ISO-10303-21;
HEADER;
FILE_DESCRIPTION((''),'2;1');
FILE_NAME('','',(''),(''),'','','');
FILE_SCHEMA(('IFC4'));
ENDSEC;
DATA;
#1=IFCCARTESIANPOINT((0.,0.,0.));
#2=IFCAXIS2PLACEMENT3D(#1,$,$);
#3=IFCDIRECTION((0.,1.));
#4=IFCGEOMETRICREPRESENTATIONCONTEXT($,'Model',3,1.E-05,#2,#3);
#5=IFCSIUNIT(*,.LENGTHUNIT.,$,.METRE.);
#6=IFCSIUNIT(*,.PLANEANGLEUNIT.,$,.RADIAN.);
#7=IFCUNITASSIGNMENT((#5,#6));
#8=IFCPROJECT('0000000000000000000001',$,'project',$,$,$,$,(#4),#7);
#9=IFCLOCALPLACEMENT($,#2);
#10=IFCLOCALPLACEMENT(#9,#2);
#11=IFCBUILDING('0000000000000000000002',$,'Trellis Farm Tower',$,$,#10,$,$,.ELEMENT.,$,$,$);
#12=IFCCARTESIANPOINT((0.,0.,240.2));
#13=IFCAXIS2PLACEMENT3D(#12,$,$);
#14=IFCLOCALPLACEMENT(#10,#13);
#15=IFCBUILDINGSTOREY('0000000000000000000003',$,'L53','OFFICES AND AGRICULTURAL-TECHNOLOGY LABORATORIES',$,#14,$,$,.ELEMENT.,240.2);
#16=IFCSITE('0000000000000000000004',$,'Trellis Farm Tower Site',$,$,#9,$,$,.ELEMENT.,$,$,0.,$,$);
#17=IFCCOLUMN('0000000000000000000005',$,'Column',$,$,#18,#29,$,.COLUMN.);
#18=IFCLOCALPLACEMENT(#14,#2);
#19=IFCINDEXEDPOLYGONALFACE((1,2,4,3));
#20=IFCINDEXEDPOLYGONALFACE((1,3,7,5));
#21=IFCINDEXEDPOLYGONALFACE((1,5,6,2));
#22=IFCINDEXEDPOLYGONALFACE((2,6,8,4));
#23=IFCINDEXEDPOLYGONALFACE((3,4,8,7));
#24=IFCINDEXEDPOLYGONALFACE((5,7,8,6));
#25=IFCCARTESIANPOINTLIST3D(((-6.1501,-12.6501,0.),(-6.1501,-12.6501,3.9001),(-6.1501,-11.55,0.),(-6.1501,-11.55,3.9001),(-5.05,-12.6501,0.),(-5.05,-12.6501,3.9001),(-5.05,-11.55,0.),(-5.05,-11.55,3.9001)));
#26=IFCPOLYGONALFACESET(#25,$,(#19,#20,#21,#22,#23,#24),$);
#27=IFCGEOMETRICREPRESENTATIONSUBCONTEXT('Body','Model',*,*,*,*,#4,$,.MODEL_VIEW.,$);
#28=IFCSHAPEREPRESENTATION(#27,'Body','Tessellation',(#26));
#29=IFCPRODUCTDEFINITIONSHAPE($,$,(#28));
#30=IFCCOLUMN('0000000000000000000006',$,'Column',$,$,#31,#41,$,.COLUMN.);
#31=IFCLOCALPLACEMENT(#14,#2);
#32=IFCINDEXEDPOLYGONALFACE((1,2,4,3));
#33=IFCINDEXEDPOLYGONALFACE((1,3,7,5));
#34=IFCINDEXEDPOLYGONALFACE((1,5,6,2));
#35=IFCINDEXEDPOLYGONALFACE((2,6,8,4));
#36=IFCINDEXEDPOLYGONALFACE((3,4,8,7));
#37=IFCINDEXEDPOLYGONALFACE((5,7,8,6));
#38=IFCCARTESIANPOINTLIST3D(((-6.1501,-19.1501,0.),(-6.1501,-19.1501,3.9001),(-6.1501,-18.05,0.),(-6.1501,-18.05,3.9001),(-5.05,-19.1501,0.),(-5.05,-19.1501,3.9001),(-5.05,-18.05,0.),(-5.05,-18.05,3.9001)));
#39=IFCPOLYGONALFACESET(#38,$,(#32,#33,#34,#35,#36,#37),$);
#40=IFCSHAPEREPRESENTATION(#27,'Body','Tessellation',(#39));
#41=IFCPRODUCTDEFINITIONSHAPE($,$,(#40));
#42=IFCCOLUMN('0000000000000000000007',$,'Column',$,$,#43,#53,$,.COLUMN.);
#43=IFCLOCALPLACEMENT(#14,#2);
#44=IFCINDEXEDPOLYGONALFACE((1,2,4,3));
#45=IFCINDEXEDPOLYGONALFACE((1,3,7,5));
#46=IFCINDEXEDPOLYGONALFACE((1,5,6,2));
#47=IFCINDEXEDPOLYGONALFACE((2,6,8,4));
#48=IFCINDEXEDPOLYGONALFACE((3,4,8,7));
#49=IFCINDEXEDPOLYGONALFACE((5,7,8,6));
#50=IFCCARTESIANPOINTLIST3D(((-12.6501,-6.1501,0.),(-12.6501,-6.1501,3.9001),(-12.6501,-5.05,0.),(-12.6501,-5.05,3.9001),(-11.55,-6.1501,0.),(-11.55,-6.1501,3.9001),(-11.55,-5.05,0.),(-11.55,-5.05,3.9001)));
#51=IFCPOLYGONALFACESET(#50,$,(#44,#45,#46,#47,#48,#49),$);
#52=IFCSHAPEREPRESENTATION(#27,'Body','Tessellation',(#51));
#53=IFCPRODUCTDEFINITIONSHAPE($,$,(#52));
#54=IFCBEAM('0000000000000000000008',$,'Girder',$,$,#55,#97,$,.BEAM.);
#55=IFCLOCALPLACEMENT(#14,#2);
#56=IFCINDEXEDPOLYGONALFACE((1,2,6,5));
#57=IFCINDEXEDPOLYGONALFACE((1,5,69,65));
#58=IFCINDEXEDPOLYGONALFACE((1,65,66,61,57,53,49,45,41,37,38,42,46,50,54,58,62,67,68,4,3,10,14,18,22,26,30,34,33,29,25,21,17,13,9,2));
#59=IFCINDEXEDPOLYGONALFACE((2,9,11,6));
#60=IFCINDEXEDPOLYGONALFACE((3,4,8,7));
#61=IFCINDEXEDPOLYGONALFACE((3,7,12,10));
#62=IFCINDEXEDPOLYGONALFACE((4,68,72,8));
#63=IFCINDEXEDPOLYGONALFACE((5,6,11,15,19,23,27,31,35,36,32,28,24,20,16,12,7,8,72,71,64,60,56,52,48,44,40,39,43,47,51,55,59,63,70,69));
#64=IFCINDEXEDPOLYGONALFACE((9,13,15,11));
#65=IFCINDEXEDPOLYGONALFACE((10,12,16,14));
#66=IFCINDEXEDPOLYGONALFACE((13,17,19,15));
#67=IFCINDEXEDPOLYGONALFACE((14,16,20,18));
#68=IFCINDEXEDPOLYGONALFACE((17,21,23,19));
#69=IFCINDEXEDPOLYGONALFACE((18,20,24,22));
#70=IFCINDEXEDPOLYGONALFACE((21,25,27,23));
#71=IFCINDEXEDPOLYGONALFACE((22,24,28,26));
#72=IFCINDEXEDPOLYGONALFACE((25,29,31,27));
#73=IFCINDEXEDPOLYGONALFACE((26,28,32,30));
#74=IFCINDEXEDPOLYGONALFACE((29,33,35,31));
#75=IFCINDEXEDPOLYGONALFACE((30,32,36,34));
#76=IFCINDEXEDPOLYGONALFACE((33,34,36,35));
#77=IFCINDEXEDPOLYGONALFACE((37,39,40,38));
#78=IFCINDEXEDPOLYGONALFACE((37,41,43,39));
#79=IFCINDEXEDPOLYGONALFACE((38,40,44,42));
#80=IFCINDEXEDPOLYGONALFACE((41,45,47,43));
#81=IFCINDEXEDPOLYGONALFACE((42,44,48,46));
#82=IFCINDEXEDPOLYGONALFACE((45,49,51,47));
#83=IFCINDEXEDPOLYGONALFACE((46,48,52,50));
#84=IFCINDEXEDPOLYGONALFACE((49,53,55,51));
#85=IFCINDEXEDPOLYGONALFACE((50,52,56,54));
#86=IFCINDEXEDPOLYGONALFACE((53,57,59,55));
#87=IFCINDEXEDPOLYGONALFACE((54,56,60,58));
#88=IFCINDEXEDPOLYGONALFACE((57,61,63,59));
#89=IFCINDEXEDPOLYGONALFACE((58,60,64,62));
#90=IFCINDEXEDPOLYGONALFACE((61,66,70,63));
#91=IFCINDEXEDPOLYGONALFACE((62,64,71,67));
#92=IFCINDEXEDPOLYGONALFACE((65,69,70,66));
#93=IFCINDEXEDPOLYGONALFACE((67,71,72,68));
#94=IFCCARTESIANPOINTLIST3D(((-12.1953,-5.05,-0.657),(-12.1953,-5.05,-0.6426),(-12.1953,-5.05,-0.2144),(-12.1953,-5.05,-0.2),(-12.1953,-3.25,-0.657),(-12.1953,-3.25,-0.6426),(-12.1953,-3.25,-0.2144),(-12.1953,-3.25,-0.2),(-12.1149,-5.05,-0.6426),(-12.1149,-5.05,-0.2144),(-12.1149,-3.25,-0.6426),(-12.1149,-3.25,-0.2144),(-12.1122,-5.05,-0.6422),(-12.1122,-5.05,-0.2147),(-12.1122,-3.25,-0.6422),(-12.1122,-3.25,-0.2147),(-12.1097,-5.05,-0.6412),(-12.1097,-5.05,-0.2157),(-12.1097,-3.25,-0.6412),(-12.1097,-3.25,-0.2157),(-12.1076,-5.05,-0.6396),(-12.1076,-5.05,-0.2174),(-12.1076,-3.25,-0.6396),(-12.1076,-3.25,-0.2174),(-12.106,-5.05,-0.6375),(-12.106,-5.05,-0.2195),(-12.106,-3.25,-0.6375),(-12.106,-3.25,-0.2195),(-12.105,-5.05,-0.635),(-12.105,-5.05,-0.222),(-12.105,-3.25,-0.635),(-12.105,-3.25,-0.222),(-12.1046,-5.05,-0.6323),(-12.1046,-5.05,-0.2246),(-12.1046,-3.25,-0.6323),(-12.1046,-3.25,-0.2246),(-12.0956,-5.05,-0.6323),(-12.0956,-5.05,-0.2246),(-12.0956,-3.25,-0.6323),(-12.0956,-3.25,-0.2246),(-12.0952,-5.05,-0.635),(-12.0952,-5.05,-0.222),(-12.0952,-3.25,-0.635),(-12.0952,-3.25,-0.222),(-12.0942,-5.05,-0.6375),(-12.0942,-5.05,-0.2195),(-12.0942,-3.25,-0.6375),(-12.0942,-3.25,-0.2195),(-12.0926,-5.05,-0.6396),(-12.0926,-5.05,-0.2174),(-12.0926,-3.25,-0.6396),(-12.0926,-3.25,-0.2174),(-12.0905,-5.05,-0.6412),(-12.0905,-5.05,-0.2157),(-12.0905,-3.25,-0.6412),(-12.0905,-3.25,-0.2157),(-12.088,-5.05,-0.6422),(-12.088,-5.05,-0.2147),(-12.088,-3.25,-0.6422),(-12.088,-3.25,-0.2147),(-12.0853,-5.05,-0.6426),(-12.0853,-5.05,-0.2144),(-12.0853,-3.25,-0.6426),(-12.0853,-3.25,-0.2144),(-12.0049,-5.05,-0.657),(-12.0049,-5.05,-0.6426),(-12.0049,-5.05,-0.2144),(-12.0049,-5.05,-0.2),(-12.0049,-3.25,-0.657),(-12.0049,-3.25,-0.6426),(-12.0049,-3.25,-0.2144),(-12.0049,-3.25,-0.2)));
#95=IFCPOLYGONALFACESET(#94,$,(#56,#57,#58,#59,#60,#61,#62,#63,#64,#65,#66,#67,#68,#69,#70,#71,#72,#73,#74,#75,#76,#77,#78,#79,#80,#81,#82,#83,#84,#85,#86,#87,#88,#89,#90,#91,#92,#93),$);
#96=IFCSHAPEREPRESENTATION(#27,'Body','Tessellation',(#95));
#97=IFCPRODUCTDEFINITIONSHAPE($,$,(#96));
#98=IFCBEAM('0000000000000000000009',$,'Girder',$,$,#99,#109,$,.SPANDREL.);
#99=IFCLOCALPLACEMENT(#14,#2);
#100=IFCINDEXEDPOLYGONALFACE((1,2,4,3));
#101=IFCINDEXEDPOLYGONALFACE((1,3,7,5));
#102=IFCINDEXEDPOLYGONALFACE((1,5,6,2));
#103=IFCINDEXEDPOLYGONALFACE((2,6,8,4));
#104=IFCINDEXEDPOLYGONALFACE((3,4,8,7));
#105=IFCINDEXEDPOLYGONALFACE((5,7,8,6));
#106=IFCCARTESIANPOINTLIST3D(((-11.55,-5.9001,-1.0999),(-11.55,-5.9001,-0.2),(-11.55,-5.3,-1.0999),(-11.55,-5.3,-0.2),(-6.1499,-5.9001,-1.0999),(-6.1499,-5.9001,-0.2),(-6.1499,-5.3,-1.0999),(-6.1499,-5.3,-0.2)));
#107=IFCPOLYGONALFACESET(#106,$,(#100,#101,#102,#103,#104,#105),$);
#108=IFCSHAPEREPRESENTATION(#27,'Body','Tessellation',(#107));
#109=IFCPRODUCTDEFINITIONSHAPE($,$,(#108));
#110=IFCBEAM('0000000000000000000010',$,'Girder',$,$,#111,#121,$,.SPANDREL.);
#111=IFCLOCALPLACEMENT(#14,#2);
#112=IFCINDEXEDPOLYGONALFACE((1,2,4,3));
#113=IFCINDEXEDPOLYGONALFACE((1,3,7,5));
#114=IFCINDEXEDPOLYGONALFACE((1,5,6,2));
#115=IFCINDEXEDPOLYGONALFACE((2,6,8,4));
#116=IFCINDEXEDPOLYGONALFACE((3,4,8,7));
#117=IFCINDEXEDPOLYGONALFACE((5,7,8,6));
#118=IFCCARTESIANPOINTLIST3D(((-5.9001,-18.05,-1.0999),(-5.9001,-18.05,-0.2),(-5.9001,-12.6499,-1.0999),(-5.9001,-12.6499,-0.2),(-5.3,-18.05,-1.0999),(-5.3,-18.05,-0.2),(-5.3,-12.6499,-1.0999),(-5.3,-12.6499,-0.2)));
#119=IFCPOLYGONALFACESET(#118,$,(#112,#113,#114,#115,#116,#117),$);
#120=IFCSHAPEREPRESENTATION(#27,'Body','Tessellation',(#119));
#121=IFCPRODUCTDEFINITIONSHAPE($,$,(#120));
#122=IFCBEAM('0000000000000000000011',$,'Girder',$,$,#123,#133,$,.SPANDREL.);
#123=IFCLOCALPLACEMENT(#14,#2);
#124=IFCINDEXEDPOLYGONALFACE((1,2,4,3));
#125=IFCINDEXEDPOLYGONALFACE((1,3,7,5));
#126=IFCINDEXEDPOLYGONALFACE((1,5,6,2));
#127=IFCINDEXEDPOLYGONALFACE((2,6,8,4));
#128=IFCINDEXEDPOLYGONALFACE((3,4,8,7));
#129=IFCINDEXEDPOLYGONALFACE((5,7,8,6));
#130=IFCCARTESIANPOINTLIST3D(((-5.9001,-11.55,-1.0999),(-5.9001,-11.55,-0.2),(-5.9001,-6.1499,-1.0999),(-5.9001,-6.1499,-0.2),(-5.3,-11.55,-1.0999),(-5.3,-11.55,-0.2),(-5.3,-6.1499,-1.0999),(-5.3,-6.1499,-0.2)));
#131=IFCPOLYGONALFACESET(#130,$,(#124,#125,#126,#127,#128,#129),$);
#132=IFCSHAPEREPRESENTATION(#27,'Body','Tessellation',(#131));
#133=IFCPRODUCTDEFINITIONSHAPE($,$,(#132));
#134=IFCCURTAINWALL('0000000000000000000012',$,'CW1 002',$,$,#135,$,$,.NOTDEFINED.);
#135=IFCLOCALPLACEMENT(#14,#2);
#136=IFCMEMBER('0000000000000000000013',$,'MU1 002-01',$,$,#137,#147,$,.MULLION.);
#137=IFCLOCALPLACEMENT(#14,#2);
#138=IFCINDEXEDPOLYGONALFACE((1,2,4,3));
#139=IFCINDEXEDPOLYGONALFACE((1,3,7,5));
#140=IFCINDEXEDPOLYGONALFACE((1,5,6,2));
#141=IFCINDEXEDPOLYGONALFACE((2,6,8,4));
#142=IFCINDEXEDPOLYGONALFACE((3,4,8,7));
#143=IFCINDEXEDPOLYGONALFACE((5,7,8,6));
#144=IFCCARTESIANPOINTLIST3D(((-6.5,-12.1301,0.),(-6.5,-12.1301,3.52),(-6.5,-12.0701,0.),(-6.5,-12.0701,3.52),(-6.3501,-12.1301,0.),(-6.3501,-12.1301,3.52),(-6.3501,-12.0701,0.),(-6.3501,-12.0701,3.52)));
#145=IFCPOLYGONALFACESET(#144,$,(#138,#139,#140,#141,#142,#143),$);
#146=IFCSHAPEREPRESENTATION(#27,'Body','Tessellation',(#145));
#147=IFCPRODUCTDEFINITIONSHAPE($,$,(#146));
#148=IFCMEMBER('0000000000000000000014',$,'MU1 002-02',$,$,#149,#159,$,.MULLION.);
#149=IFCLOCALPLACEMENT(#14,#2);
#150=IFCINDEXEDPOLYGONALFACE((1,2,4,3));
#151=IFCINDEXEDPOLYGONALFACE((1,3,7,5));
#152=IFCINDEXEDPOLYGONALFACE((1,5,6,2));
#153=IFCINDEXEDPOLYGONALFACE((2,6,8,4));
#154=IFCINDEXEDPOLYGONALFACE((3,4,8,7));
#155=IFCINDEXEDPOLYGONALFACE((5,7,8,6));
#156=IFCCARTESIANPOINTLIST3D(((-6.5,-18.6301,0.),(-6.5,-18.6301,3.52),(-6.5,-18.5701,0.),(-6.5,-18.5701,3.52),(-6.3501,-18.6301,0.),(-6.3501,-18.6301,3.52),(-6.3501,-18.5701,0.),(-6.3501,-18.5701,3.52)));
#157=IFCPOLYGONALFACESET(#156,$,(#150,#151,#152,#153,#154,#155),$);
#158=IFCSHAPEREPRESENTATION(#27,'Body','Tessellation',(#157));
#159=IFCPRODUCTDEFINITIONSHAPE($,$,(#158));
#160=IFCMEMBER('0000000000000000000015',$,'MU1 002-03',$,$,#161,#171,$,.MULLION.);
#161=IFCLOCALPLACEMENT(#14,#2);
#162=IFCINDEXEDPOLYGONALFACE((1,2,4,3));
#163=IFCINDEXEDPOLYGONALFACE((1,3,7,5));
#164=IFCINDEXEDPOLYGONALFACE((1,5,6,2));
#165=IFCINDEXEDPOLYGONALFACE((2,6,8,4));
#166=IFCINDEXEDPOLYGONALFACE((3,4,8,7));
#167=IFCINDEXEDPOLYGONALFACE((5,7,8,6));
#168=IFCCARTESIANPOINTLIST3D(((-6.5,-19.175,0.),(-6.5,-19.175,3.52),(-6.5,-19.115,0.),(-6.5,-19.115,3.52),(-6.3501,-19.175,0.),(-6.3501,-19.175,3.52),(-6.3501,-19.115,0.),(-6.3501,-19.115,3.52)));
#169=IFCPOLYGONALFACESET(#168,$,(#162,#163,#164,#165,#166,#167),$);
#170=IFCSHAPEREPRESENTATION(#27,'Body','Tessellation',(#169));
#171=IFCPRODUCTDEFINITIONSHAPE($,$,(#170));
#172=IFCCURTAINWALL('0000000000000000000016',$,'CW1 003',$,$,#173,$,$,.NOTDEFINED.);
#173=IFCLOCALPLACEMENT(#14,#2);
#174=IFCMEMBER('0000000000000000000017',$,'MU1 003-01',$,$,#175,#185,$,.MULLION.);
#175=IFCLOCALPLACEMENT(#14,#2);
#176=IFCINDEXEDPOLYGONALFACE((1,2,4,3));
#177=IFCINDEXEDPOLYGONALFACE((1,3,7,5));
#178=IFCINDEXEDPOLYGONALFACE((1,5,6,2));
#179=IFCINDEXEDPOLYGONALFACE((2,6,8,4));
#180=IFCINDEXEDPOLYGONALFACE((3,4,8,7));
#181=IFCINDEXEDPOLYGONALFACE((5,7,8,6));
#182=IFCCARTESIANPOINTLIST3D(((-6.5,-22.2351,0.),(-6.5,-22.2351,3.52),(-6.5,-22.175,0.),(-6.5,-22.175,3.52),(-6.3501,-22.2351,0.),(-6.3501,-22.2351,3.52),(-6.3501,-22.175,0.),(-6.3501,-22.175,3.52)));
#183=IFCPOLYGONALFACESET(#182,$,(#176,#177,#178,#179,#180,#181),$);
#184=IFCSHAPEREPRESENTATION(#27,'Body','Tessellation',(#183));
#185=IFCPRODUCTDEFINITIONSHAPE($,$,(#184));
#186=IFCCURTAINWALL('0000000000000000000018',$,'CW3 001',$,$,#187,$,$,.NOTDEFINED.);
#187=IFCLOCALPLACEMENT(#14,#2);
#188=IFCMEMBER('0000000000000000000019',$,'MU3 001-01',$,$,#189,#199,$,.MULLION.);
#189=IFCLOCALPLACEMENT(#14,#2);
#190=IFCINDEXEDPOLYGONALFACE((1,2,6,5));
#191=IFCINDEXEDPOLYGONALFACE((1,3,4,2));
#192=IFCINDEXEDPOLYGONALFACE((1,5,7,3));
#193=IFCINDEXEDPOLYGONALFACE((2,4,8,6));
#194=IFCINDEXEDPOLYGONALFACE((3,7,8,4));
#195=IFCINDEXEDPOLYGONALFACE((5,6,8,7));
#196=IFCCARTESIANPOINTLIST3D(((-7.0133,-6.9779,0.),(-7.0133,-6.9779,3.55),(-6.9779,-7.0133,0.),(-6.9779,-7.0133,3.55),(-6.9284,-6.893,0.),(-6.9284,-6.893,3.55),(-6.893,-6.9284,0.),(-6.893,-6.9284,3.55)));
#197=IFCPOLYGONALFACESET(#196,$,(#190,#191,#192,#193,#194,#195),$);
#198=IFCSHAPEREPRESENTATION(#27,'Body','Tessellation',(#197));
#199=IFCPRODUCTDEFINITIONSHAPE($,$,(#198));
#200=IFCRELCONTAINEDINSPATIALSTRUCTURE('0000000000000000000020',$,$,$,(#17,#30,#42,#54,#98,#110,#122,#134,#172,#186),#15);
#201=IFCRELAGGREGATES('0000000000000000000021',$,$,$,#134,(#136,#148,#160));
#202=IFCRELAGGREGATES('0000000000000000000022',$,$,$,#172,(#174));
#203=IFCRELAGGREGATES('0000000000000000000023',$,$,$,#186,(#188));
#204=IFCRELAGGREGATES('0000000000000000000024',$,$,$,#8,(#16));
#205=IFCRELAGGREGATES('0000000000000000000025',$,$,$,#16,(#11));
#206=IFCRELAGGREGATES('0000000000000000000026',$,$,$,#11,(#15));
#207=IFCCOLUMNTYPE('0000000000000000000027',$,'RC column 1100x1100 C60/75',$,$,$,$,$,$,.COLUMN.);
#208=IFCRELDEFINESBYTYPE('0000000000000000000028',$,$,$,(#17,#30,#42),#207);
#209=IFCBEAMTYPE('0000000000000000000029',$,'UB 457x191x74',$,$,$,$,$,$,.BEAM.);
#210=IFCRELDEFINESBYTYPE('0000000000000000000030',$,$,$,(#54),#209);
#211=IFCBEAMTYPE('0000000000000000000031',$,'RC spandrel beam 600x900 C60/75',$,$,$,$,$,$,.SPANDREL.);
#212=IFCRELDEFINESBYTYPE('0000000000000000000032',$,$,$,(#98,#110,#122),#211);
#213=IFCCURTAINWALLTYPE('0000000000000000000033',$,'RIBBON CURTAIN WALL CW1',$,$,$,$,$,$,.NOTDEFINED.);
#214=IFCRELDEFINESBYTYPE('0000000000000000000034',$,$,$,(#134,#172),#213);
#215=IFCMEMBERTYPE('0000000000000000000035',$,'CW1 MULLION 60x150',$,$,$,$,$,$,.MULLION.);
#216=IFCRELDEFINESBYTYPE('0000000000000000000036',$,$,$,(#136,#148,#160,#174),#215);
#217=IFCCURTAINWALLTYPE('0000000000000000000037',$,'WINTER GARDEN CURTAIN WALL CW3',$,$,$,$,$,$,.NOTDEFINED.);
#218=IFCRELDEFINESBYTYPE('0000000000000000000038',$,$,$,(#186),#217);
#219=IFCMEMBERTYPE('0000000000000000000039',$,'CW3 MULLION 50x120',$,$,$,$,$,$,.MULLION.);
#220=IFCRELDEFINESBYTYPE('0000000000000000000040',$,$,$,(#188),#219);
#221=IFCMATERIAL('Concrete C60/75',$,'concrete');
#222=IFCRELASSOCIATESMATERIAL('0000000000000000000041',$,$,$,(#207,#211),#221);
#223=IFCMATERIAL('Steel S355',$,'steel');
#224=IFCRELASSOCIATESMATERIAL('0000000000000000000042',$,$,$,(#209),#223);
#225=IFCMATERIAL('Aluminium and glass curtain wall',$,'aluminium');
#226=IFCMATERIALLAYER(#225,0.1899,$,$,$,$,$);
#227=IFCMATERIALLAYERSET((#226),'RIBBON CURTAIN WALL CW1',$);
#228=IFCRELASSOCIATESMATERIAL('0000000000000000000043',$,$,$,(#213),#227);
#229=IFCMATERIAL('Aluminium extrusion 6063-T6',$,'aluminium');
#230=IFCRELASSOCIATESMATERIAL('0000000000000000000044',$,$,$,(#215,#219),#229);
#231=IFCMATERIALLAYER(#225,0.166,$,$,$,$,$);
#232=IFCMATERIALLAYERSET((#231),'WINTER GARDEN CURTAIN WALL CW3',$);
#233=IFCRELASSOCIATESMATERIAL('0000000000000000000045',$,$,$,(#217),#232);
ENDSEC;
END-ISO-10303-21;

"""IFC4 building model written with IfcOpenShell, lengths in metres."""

from ifc_helpers import new_model, si_unit, direction, frame, origin, origin_2d, place, context, subcontext, project, spatial, rectangle, i_section, extrude, source, transform, mapped, material, layer, layer_set, material_profile, profile_set, type_object, element, aggregate, save


model = new_model("IFC4")

# Units and contexts
model_context = context("Model", 3, precision=1e-05, world=origin(), true_north=direction((0.0, 1.0)))
body_context = subcontext(model_context, "Body", "Model", "MODEL_VIEW")
ifc_project = project(units=[si_unit("LENGTHUNIT", "METRE"), si_unit("PLANEANGLEUNIT", "RADIAN")], contexts=[model_context])

# Site, building, storey
site_placement = place(None, origin())
site = spatial("IfcSite", under=ifc_project, at=site_placement, Name="Trellis Farm Tower Site", CompositionType="ELEMENT", RefElevation=0.0)
building_placement = place(site_placement, origin())
building = spatial("IfcBuilding", under=site, at=building_placement, Name="Trellis Farm Tower", CompositionType="ELEMENT")
storey_placement = place(building_placement, frame((0.0, 0.0, 240.2)))
storey = spatial("IfcBuildingStorey", under=building, at=storey_placement, Name="L53", Description="OFFICES AND AGRICULTURAL-TECHNOLOGY LABORATORIES", CompositionType="ELEMENT", Elevation=240.2)

# Columns
ifc_material_1 = material(Name="Concrete C60/75", Category="concrete")
ifc_material_profile_1 = material_profile(ifc_material_1, rectangle(XDim=1.1001, YDim=1.1001, at=origin_2d()), Name="RC column 1100x1100 C60/75")
ifc_profile_set_1 = profile_set([ifc_material_profile_1], Name="Concrete C60/75")
column_type = type_object("IfcColumnType", Name="RC column 1100x1100 C60/75", PredefinedType="COLUMN", material=ifc_profile_set_1)
shared_shape_1 = source(origin(), body_context, "Body", "SweptSolid", [
    extrude(rectangle(XDim=1.1001, YDim=1.1001, at=origin_2d()), origin(), (0.0, 0.0, 1.0), 3.9001),
])
for number, where, z_axis, x_axis, name in (
    (1, (-5.6001, -12.1001, 0.0), (0.0, 0.0, 1.0), (1.0, 0.0, 0.0), "Column"),
    (2, (-5.6001, -18.6001, 0.0), (0.0, 0.0, 1.0), (1.0, 0.0, 0.0), "Column"),
    (3, (-12.1001, -5.6001, 0.0), (0.0, 0.0, 1.0), (1.0, 0.0, 0.0), "Column"),
):
    element("IfcColumn", number, at=place(storey_placement, frame(where, z_axis=z_axis, x_axis=x_axis)), inside=storey, type_object=column_type, Name=name, PredefinedType="COLUMN", context=body_context, shape_type="MappedRepresentation", body=[
        mapped(shared_shape_1, transform((0.0, 0.0, 0.0))),
    ])

# Beams
ifc_material_2 = material(Name="Steel S355", Category="steel")
ifc_material_profile_2 = material_profile(ifc_material_2, i_section(OverallWidth=0.1904, OverallDepth=0.457, WebThickness=0.009, FlangeThickness=0.0144, FilletRadius=0.0103, at=origin_2d()), Name="UB 457x191x74")
ifc_profile_set_2 = profile_set([ifc_material_profile_2], Name="Steel S355")
beam_type_1 = type_object("IfcBeamType", Name="UB 457x191x74", PredefinedType="BEAM", material=ifc_profile_set_2)
shared_shape_2 = source(origin(), body_context, "Body", "SweptSolid", [
    extrude(i_section(OverallWidth=0.1904, OverallDepth=0.457, WebThickness=0.009, FlangeThickness=0.0144, FilletRadius=0.0103, at=origin_2d()), origin(), (0.0, 0.0, 1.0), 1.8),
])
beam_placement = place(storey_placement, frame((-12.1001, -5.05, -0.4285), z_axis=(0.0, 1.0, 0.0), x_axis=(-1.0, 0.0, 0.0)))
element("IfcBeam", 4, at=beam_placement, inside=storey, type_object=beam_type_1, Name="Girder", PredefinedType="BEAM", context=body_context, shape_type="MappedRepresentation", body=[
    mapped(shared_shape_2, transform((0.0, 0.0, 0.0))),
])
ifc_material_profile_3 = material_profile(ifc_material_1, rectangle(XDim=0.6001, YDim=0.8999, at=origin_2d()), Name="RC spandrel beam 600x900 C60/75")
ifc_profile_set_3 = profile_set([ifc_material_profile_3], Name="Concrete C60/75")
beam_type_2 = type_object("IfcBeamType", Name="RC spandrel beam 600x900 C60/75", PredefinedType="SPANDREL", material=ifc_profile_set_3)
shared_shape_3 = source(origin(), body_context, "Body", "SweptSolid", [
    extrude(rectangle(XDim=0.6001, YDim=0.8999, at=origin_2d()), origin(), (0.0, 0.0, 1.0), 5.4001),
])
for number, where, z_axis, x_axis, name in (
    (5, (-11.55, -5.6001, -0.6499), (1.0, 0.0, 0.0), (0.0, 1.0, 0.0), "Girder"),
    (6, (-5.6001, -18.05, -0.6499), (0.0, 1.0, 0.0), (-1.0, 0.0, 0.0), "Girder"),
    (7, (-5.6001, -11.55, -0.6499), (0.0, 1.0, 0.0), (-1.0, 0.0, 0.0), "Girder"),
):
    element("IfcBeam", number, at=place(storey_placement, frame(where, z_axis=z_axis, x_axis=x_axis)), inside=storey, type_object=beam_type_2, Name=name, PredefinedType="SPANDREL", context=body_context, shape_type="MappedRepresentation", body=[
        mapped(shared_shape_3, transform((0.0, 0.0, 0.0))),
    ])

# Curtain wall, members
ifc_material_3 = material(Name="Aluminium and glass curtain wall", Category="aluminium")
ifc_layer_1 = layer(ifc_material_3, 0.1899)
ifc_layer_set_1 = layer_set([ifc_layer_1], Name="RIBBON CURTAIN WALL CW1")
curtain_wall_type_1 = type_object("IfcCurtainWallType", Name="RIBBON CURTAIN WALL CW1", PredefinedType="NOTDEFINED", material=ifc_layer_set_1)
placement = place(storey_placement, origin())
curtain_wall_1 = element("IfcCurtainWall", 8, at=placement, inside=storey, type_object=curtain_wall_type_1, Name="CW1 002", PredefinedType="NOTDEFINED")
ifc_material_4 = material(Name="Aluminium extrusion 6063-T6", Category="aluminium")
ifc_material_profile_4 = material_profile(ifc_material_4, rectangle(XDim=0.0601, YDim=0.1499, at=origin_2d()), Name="MULLION 60x150")
ifc_profile_set_4 = profile_set([ifc_material_profile_4], Name="Aluminium extrusion 6063-T6")
member_type_1 = type_object("IfcMemberType", Name="CW1 MULLION 60x150", PredefinedType="MULLION", material=ifc_profile_set_4)
shared_shape_4 = source(origin(), body_context, "Body", "SweptSolid", [
    extrude(rectangle(XDim=0.0601, YDim=0.1499, at=origin_2d()), origin(), (0.0, 0.0, 1.0), 3.52),
])
member_1_placement = place(storey_placement, frame((-6.425, -12.1001, 0.0), z_axis=(0.0, 0.0, 1.0), x_axis=(0.0, -1.0, 0.0)))
member_1 = element("IfcMember", 9, at=member_1_placement, type_object=member_type_1, Name="MU1 002-01", PredefinedType="MULLION", context=body_context, shape_type="MappedRepresentation", body=[
    mapped(shared_shape_4, transform((0.0, 0.0, 0.0))),
])
member_2_placement = place(storey_placement, frame((-6.425, -18.6001, 0.0), z_axis=(0.0, 0.0, 1.0), x_axis=(0.0, -1.0, 0.0)))
member_2 = element("IfcMember", 10, at=member_2_placement, type_object=member_type_1, Name="MU1 002-02", PredefinedType="MULLION", context=body_context, shape_type="MappedRepresentation", body=[
    mapped(shared_shape_4, transform((0.0, 0.0, 0.0))),
])
member_3_placement = place(storey_placement, frame((-6.425, -19.145, 0.0), z_axis=(0.0, 0.0, 1.0), x_axis=(0.0, -1.0, 0.0)))
member_3 = element("IfcMember", 11, at=member_3_placement, type_object=member_type_1, Name="MU1 002-03", PredefinedType="MULLION", context=body_context, shape_type="MappedRepresentation", body=[
    mapped(shared_shape_4, transform((0.0, 0.0, 0.0))),
])
aggregate(curtain_wall_1, [member_1, member_2, member_3])

# Curtain walls, members
curtain_wall_2 = element("IfcCurtainWall", 12, at=placement, inside=storey, type_object=curtain_wall_type_1, Name="CW1 003", PredefinedType="NOTDEFINED")
member_4_placement = place(storey_placement, frame((-6.425, -22.2051, 0.0), z_axis=(0.0, 0.0, 1.0), x_axis=(0.0, -1.0, 0.0)))
member_4 = element("IfcMember", 13, at=member_4_placement, type_object=member_type_1, Name="MU1 003-01", PredefinedType="MULLION", context=body_context, shape_type="MappedRepresentation", body=[
    mapped(shared_shape_4, transform((0.0, 0.0, 0.0))),
])
aggregate(curtain_wall_2, [member_4])
ifc_layer_2 = layer(ifc_material_3, 0.166)
ifc_layer_set_2 = layer_set([ifc_layer_2], Name="WINTER GARDEN CURTAIN WALL CW3")
curtain_wall_type_2 = type_object("IfcCurtainWallType", Name="WINTER GARDEN CURTAIN WALL CW3", PredefinedType="NOTDEFINED", material=ifc_layer_set_2)
curtain_wall_3 = element("IfcCurtainWall", 14, at=placement, inside=storey, type_object=curtain_wall_type_2, Name="CW3 001", PredefinedType="NOTDEFINED")
ifc_material_profile_5 = material_profile(ifc_material_4, rectangle(XDim=0.05, YDim=0.1201, at=origin_2d()), Name="MULLION 50x120")
ifc_profile_set_5 = profile_set([ifc_material_profile_5], Name="Aluminium extrusion 6063-T6")
member_type_2 = type_object("IfcMemberType", Name="CW3 MULLION 50x120", PredefinedType="MULLION", material=ifc_profile_set_5)
shared_shape_5 = source(origin(), body_context, "Body", "SweptSolid", [
    extrude(rectangle(XDim=0.05, YDim=0.1201, at=origin_2d()), origin(), (0.0, 0.0, 1.0), 3.55),
])
member_5_placement = place(storey_placement, frame((-6.9531, -6.9531, 0.0), z_axis=(0.0, 0.0, 1.0), x_axis=(0.707107, -0.707107, 0.0)))
member_5 = element("IfcMember", 15, at=member_5_placement, type_object=member_type_2, Name="MU3 001-01", PredefinedType="MULLION", context=body_context, shape_type="MappedRepresentation", body=[
    mapped(shared_shape_5, transform((0.0, 0.0, 0.0))),
])
aggregate(curtain_wall_3, [member_5])

save(model, "model.ifc")
